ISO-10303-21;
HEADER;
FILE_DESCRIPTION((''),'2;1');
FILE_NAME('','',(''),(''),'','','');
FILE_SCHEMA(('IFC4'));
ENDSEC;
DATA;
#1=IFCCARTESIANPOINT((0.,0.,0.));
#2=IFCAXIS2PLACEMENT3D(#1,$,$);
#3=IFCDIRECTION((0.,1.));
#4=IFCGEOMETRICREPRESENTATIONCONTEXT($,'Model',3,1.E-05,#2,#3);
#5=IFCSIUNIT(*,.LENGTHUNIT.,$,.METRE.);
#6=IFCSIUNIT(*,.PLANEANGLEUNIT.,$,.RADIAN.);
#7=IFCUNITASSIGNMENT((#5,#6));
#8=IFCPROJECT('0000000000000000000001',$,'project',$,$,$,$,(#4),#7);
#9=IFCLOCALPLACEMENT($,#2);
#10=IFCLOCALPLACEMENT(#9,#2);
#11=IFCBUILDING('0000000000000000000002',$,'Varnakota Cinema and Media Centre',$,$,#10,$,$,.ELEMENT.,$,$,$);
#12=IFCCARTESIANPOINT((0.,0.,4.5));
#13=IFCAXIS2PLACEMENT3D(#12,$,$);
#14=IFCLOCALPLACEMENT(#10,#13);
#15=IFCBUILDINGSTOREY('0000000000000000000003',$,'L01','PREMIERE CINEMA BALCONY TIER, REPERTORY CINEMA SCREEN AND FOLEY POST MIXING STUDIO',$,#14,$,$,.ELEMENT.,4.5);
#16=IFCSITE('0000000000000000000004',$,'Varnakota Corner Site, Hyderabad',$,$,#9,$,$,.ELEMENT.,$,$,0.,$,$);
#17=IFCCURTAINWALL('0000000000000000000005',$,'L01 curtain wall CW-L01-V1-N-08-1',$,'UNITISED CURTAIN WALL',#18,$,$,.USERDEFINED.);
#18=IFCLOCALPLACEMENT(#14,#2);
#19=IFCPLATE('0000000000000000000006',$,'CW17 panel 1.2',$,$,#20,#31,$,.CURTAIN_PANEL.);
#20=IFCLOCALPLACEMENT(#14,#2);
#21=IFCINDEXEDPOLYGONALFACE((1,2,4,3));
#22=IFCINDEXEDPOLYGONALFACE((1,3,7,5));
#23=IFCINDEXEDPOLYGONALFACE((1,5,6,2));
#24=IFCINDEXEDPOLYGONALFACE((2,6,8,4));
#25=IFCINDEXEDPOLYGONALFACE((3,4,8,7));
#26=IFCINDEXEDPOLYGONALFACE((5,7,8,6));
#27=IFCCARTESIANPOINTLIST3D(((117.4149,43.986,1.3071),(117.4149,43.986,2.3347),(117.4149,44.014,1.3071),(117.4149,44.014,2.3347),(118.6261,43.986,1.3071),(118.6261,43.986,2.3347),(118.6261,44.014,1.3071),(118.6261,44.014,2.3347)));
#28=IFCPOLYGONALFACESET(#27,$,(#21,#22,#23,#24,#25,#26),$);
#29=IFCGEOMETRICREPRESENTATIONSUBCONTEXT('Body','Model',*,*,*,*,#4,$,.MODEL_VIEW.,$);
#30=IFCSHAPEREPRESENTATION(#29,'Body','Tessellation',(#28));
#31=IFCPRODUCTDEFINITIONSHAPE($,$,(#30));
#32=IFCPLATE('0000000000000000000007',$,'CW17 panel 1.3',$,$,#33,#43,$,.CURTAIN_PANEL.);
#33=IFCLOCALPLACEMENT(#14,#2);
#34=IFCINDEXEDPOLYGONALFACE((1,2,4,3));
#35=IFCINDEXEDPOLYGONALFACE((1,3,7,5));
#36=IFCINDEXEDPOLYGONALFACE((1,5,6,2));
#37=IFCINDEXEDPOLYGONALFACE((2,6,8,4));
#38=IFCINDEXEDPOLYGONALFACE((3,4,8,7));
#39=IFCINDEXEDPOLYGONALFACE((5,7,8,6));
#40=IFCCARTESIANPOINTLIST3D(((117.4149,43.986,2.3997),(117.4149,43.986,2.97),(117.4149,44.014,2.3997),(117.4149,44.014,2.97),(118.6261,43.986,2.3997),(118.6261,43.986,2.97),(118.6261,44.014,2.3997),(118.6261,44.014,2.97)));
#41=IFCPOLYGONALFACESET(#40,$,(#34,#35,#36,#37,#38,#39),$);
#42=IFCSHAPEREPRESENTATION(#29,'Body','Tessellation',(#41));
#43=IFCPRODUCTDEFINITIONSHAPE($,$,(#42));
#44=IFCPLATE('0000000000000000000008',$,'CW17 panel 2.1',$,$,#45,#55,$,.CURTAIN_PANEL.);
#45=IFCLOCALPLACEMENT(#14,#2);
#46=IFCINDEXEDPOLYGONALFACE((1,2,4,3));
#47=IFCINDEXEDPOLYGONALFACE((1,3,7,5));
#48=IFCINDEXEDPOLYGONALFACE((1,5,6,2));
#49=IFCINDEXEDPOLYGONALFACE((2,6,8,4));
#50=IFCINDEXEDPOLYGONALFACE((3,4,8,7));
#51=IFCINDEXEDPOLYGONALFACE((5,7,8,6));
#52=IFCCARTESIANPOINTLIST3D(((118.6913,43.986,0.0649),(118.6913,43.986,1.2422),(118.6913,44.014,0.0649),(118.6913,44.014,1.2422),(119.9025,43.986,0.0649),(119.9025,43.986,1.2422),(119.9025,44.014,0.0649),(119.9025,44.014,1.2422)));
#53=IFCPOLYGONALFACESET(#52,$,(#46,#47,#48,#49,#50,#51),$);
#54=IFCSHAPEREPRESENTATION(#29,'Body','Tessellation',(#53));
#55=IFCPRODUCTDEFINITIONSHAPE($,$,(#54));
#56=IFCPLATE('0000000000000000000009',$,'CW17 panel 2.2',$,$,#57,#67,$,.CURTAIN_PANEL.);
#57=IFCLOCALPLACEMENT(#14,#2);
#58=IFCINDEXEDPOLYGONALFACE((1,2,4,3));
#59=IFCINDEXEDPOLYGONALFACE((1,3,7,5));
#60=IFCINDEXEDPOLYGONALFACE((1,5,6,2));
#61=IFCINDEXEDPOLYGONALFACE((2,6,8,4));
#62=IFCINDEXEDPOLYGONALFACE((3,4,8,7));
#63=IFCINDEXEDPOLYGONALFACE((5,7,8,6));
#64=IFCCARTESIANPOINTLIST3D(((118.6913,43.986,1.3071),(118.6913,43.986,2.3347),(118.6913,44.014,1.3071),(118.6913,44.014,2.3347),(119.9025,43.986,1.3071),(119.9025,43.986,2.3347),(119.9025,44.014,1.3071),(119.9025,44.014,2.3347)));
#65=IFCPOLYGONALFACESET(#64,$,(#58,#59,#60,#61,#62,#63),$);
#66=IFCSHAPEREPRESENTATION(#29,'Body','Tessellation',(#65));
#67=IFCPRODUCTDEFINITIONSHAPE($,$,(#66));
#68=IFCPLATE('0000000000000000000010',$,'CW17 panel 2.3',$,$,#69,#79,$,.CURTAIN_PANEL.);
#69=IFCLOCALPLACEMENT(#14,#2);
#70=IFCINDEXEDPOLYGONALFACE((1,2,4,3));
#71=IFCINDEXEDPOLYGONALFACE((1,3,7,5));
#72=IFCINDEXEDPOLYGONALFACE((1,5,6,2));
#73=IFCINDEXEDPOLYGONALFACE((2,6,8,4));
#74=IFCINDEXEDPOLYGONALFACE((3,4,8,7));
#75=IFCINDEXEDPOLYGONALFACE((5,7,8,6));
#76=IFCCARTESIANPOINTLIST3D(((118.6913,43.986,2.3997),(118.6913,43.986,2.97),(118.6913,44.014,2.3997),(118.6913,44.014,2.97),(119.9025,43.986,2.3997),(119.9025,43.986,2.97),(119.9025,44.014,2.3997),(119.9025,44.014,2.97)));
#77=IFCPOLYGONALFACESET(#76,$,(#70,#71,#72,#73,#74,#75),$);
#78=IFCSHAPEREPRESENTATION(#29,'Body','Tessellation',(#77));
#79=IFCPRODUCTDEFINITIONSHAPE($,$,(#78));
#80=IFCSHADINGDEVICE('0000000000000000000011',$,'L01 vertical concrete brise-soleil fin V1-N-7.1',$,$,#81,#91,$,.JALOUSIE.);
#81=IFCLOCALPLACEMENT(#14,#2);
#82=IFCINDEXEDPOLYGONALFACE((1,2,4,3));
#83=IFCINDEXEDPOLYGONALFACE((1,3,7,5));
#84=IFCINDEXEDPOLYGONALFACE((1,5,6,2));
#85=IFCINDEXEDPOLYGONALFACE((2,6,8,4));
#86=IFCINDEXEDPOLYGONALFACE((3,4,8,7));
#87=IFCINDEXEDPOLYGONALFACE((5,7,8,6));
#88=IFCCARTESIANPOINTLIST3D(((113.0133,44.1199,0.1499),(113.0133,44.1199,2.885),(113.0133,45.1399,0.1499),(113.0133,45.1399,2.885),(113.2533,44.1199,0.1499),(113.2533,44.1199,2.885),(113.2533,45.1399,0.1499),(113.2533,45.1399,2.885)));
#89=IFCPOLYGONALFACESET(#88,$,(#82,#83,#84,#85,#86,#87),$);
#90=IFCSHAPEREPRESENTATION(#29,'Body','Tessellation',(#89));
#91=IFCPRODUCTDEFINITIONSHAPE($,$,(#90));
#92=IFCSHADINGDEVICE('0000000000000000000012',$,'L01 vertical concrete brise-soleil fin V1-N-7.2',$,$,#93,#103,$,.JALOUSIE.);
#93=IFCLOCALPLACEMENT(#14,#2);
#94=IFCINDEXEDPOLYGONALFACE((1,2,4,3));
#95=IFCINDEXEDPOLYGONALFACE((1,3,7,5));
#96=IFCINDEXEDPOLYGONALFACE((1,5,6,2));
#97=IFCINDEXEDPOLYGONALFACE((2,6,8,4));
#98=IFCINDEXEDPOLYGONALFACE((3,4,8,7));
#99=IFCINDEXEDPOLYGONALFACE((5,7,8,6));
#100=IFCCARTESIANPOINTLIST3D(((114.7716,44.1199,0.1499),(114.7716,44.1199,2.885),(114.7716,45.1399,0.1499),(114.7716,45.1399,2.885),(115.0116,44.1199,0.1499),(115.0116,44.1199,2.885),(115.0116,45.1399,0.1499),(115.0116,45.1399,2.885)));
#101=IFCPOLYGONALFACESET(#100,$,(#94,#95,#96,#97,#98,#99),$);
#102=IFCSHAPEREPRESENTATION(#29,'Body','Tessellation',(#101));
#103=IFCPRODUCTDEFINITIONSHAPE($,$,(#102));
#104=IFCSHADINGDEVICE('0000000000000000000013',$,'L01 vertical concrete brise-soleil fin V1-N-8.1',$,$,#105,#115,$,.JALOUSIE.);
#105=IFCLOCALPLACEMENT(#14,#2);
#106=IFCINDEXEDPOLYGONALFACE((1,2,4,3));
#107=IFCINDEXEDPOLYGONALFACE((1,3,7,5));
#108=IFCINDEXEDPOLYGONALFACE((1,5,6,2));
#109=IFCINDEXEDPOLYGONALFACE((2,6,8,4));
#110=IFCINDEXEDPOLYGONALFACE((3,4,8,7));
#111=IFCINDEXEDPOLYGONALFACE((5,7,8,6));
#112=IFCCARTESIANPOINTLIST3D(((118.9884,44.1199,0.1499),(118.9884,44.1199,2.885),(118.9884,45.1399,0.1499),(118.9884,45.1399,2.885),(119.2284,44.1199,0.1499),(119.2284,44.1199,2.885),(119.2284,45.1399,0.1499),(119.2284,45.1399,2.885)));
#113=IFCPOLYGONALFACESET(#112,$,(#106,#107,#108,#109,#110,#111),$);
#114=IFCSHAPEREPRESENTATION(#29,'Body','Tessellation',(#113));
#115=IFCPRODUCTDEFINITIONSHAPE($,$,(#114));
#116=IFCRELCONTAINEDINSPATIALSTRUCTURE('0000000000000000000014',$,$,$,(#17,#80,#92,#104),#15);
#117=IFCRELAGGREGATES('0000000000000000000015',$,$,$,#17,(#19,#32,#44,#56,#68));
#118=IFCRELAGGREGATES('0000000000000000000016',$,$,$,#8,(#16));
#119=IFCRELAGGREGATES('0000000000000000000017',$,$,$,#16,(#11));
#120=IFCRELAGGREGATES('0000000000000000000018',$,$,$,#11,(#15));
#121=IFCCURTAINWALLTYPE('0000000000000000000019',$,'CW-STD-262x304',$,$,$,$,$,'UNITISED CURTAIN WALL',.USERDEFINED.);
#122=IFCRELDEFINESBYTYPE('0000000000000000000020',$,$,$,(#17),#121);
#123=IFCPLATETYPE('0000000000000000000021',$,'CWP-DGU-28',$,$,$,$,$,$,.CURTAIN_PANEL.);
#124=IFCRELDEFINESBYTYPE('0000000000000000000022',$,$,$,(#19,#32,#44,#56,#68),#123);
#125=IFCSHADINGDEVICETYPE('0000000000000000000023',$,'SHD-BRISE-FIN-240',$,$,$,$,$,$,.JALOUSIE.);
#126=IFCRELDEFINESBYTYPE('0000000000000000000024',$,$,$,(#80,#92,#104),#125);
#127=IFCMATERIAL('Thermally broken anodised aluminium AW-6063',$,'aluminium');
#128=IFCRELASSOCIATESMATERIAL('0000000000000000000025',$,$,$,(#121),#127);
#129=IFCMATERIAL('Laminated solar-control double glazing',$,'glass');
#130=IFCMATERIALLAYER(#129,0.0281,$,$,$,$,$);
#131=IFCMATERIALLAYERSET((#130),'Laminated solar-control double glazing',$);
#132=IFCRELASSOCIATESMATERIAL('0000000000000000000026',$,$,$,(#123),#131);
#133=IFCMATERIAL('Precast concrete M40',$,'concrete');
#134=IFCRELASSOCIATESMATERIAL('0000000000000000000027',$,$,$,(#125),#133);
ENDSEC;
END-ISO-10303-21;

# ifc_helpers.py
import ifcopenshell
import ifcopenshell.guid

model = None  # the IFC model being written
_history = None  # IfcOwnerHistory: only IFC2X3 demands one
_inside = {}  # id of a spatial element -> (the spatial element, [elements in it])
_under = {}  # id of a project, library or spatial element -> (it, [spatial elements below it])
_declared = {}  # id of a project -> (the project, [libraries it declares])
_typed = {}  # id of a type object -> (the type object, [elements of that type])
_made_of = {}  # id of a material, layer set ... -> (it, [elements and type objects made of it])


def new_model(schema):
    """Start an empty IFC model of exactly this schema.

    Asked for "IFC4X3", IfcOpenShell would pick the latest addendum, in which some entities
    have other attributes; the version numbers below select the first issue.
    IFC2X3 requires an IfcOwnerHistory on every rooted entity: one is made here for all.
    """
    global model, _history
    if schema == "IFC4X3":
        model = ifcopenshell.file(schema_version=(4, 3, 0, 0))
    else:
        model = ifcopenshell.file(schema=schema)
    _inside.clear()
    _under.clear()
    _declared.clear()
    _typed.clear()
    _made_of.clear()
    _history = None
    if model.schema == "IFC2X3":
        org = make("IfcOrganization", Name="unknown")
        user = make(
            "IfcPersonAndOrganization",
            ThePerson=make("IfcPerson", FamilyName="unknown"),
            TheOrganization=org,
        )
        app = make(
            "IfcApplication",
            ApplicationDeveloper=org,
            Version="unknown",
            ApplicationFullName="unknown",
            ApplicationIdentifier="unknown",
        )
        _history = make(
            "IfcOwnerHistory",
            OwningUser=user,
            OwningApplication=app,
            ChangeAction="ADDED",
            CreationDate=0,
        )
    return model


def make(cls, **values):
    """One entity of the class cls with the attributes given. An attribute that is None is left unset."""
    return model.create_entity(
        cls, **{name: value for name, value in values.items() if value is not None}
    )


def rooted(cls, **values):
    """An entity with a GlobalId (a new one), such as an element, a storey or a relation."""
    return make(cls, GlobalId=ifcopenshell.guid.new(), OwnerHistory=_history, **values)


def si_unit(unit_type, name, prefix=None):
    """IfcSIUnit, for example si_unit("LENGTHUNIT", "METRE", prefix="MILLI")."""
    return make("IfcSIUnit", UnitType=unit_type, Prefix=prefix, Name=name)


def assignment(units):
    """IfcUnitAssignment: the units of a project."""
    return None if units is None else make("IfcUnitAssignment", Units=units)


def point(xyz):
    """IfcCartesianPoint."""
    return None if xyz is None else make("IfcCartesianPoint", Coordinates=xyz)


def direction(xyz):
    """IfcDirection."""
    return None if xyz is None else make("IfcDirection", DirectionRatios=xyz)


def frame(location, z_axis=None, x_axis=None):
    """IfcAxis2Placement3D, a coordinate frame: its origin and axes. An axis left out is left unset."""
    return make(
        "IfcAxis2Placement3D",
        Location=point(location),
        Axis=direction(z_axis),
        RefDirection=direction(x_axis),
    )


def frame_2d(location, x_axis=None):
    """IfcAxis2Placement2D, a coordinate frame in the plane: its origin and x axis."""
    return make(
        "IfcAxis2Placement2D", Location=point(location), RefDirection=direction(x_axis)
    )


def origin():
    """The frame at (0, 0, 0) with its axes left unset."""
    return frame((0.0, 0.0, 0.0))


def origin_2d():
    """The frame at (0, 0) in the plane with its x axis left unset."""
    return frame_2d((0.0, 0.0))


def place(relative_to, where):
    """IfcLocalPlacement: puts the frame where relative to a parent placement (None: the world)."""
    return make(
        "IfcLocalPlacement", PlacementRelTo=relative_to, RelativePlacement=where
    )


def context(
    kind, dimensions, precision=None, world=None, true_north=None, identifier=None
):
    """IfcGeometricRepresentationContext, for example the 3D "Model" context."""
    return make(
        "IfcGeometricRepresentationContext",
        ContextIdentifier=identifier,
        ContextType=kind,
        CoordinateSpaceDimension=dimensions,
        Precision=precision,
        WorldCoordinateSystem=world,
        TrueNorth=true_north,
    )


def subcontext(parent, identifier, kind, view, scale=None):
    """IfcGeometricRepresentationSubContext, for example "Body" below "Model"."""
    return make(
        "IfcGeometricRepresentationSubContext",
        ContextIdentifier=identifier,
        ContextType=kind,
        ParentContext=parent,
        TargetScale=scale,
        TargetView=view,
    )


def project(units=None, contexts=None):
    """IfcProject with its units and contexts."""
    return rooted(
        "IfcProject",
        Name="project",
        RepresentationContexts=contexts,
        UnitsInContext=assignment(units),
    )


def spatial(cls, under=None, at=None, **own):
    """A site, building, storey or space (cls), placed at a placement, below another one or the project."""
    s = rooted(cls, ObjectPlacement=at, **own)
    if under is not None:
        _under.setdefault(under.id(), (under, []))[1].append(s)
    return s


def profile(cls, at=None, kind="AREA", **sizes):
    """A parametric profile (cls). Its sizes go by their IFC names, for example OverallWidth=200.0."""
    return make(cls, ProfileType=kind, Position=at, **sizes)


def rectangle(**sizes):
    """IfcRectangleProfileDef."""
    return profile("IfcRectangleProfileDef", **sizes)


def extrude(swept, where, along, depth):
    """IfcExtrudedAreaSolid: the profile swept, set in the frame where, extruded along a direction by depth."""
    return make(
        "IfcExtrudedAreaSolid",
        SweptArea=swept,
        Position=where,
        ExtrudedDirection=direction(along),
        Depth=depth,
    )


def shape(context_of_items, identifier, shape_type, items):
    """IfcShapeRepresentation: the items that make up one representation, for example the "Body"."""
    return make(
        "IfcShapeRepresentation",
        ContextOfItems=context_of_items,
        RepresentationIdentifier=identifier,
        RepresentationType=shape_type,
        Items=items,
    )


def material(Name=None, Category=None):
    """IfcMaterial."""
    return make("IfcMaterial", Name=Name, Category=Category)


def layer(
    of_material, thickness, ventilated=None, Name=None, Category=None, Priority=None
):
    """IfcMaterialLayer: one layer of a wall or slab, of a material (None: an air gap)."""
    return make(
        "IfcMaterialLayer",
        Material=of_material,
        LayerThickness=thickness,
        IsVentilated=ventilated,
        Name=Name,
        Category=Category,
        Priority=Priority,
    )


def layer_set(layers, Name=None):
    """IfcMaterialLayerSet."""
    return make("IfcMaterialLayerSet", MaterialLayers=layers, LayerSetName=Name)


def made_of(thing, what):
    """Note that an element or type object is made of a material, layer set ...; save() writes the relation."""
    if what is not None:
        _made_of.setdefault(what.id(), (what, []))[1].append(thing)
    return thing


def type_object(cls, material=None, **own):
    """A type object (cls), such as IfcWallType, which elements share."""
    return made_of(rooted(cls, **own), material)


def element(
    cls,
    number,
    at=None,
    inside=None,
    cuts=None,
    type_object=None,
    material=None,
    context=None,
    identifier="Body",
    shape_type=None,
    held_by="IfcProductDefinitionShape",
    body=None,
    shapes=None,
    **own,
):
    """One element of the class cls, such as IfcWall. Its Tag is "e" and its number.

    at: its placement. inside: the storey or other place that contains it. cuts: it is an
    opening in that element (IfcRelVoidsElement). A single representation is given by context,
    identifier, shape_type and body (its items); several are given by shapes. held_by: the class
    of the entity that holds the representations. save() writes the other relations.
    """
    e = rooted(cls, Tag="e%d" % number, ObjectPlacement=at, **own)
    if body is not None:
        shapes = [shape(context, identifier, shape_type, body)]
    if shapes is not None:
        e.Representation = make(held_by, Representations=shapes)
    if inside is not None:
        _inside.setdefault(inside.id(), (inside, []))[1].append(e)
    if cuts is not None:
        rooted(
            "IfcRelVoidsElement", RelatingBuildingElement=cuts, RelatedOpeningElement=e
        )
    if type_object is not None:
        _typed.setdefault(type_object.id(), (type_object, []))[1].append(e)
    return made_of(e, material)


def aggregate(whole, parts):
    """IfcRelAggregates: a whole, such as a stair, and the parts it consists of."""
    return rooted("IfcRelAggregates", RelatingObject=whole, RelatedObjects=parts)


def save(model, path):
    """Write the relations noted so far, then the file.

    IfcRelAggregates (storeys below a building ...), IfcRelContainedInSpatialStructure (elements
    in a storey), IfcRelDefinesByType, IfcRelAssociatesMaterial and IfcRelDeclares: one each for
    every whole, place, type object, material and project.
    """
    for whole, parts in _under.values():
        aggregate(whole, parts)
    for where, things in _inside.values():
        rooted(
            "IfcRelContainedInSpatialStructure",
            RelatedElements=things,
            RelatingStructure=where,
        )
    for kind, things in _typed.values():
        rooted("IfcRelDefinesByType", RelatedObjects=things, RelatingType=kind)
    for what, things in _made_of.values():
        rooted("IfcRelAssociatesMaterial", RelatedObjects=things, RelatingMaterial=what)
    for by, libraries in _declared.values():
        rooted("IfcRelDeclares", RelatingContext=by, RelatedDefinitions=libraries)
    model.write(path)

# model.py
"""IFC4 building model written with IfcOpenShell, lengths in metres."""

from ifc_helpers import new_model, si_unit, direction, frame, origin, origin_2d, place, context, subcontext, project, spatial, rectangle, extrude, material, layer, layer_set, type_object, element, aggregate, save


model = new_model("IFC4")

# Units and contexts
model_context = context("Model", 3, precision=1e-05, world=origin(), true_north=direction((0.0, 1.0)))
body_context = subcontext(model_context, "Body", "Model", "MODEL_VIEW")
ifc_project = project(units=[si_unit("LENGTHUNIT", "METRE"), si_unit("PLANEANGLEUNIT", "RADIAN")], contexts=[model_context])

# Site, building, storey
site_placement = place(None, origin())
site = spatial("IfcSite", under=ifc_project, at=site_placement, Name="Varnakota Corner Site, Hyderabad", CompositionType="ELEMENT", RefElevation=0.0)
building_placement = place(site_placement, origin())
building = spatial("IfcBuilding", under=site, at=building_placement, Name="Varnakota Cinema and Media Centre", CompositionType="ELEMENT")
storey_placement = place(building_placement, frame((0.0, 0.0, 4.5)))
storey = spatial("IfcBuildingStorey", under=building, at=storey_placement, Name="L01", Description="PREMIERE CINEMA BALCONY TIER, REPERTORY CINEMA SCREEN AND FOLEY POST MIXING STUDIO", CompositionType="ELEMENT", Elevation=4.5)

# Shared definitions
ifc_material_1 = material(Name="Thermally broken anodised aluminium AW-6063", Category="aluminium")
curtain_wall_type = type_object("IfcCurtainWallType", Name="CW-STD-262x304", ElementType="UNITISED CURTAIN WALL", PredefinedType="USERDEFINED", material=ifc_material_1)

# Curtain wall
curtain_wall_1_placement = place(storey_placement, origin())
curtain_wall_1 = element("IfcCurtainWall", 1, at=curtain_wall_1_placement, inside=storey, type_object=curtain_wall_type, Name="L01 curtain wall CW-L01-V1-N-08-1", ObjectType="UNITISED CURTAIN WALL", PredefinedType="USERDEFINED")

# Plates
ifc_material_2 = material(Name="Laminated solar-control double glazing", Category="glass")
ifc_layer = layer(ifc_material_2, 0.0281)
ifc_layer_set = layer_set([ifc_layer], Name="Laminated solar-control double glazing")
plate_type = type_object("IfcPlateType", Name="CWP-DGU-28", PredefinedType="CURTAIN_PANEL", material=ifc_layer_set)
plate_1_placement = place(storey_placement, frame((118.0205, 44.0, 1.3071), z_axis=(0.0, 0.0, 1.0), x_axis=(1.0, 0.0, 0.0)))
plate_1 = element("IfcPlate", 2, at=plate_1_placement, type_object=plate_type, Name="CW17 panel 1.2", PredefinedType="CURTAIN_PANEL", context=body_context, shape_type="SweptSolid", body=[
    extrude(rectangle(XDim=1.2112, YDim=0.0281, at=origin_2d()), origin(), (0.0, 0.0, 1.0), 1.0276),
])
plate_2_placement = place(storey_placement, frame((118.0205, 44.0, 2.3997), z_axis=(0.0, 0.0, 1.0), x_axis=(1.0, 0.0, 0.0)))
plate_2 = element("IfcPlate", 3, at=plate_2_placement, type_object=plate_type, Name="CW17 panel 1.3", PredefinedType="CURTAIN_PANEL", context=body_context, shape_type="SweptSolid", body=[
    extrude(rectangle(XDim=1.2112, YDim=0.0281, at=origin_2d()), origin(), (0.0, 0.0, 1.0), 0.5703),
])
plate_3_placement = place(storey_placement, frame((119.2969, 44.0, 0.0649), z_axis=(0.0, 0.0, 1.0), x_axis=(1.0, 0.0, 0.0)))
plate_3 = element("IfcPlate", 4, at=plate_3_placement, type_object=plate_type, Name="CW17 panel 2.1", PredefinedType="CURTAIN_PANEL", context=body_context, shape_type="SweptSolid", body=[
    extrude(rectangle(XDim=1.2112, YDim=0.0281, at=origin_2d()), origin(), (0.0, 0.0, 1.0), 1.1772),
])
plate_4_placement = place(storey_placement, frame((119.2969, 44.0, 1.3071), z_axis=(0.0, 0.0, 1.0), x_axis=(1.0, 0.0, 0.0)))
plate_4 = element("IfcPlate", 5, at=plate_4_placement, type_object=plate_type, Name="CW17 panel 2.2", PredefinedType="CURTAIN_PANEL", context=body_context, shape_type="SweptSolid", body=[
    extrude(rectangle(XDim=1.2112, YDim=0.0281, at=origin_2d()), origin(), (0.0, 0.0, 1.0), 1.0276),
])
plate_5_placement = place(storey_placement, frame((119.2969, 44.0, 2.3997), z_axis=(0.0, 0.0, 1.0), x_axis=(1.0, 0.0, 0.0)))
plate_5 = element("IfcPlate", 6, at=plate_5_placement, type_object=plate_type, Name="CW17 panel 2.3", PredefinedType="CURTAIN_PANEL", context=body_context, shape_type="SweptSolid", body=[
    extrude(rectangle(XDim=1.2112, YDim=0.0281, at=origin_2d()), origin(), (0.0, 0.0, 1.0), 0.5703),
])
aggregate(curtain_wall_1, [plate_1, plate_2, plate_3, plate_4, plate_5])

# Shading devices
ifc_material_3 = material(Name="Precast concrete M40", Category="concrete")
shading_device_type = type_object("IfcShadingDeviceType", Name="SHD-BRISE-FIN-240", PredefinedType="JALOUSIE", material=ifc_material_3)
for number, where, z_axis, x_axis, name in (
    (7, (113.1333, 44.6299, 0.1499), (0.0, 0.0, 1.0), (1.0, 0.0, 0.0), "L01 vertical concrete brise-soleil fin V1-N-7.1"),
    (8, (114.8916, 44.6299, 0.1499), (0.0, 0.0, 1.0), (1.0, 0.0, 0.0), "L01 vertical concrete brise-soleil fin V1-N-7.2"),
    (9, (119.1084, 44.6299, 0.1499), (0.0, 0.0, 1.0), (1.0, 0.0, 0.0), "L01 vertical concrete brise-soleil fin V1-N-8.1"),
):
    element("IfcShadingDevice", number, at=place(storey_placement, frame(where, z_axis=z_axis, x_axis=x_axis)), inside=storey, type_object=shading_device_type, Name=name, PredefinedType="JALOUSIE", context=body_context, shape_type="SweptSolid", body=[
        extrude(rectangle(XDim=0.24, YDim=1.02, at=origin_2d()), origin(), (0.0, 0.0, 1.0), 2.7351),
    ])

save(model, "model.ifc")
